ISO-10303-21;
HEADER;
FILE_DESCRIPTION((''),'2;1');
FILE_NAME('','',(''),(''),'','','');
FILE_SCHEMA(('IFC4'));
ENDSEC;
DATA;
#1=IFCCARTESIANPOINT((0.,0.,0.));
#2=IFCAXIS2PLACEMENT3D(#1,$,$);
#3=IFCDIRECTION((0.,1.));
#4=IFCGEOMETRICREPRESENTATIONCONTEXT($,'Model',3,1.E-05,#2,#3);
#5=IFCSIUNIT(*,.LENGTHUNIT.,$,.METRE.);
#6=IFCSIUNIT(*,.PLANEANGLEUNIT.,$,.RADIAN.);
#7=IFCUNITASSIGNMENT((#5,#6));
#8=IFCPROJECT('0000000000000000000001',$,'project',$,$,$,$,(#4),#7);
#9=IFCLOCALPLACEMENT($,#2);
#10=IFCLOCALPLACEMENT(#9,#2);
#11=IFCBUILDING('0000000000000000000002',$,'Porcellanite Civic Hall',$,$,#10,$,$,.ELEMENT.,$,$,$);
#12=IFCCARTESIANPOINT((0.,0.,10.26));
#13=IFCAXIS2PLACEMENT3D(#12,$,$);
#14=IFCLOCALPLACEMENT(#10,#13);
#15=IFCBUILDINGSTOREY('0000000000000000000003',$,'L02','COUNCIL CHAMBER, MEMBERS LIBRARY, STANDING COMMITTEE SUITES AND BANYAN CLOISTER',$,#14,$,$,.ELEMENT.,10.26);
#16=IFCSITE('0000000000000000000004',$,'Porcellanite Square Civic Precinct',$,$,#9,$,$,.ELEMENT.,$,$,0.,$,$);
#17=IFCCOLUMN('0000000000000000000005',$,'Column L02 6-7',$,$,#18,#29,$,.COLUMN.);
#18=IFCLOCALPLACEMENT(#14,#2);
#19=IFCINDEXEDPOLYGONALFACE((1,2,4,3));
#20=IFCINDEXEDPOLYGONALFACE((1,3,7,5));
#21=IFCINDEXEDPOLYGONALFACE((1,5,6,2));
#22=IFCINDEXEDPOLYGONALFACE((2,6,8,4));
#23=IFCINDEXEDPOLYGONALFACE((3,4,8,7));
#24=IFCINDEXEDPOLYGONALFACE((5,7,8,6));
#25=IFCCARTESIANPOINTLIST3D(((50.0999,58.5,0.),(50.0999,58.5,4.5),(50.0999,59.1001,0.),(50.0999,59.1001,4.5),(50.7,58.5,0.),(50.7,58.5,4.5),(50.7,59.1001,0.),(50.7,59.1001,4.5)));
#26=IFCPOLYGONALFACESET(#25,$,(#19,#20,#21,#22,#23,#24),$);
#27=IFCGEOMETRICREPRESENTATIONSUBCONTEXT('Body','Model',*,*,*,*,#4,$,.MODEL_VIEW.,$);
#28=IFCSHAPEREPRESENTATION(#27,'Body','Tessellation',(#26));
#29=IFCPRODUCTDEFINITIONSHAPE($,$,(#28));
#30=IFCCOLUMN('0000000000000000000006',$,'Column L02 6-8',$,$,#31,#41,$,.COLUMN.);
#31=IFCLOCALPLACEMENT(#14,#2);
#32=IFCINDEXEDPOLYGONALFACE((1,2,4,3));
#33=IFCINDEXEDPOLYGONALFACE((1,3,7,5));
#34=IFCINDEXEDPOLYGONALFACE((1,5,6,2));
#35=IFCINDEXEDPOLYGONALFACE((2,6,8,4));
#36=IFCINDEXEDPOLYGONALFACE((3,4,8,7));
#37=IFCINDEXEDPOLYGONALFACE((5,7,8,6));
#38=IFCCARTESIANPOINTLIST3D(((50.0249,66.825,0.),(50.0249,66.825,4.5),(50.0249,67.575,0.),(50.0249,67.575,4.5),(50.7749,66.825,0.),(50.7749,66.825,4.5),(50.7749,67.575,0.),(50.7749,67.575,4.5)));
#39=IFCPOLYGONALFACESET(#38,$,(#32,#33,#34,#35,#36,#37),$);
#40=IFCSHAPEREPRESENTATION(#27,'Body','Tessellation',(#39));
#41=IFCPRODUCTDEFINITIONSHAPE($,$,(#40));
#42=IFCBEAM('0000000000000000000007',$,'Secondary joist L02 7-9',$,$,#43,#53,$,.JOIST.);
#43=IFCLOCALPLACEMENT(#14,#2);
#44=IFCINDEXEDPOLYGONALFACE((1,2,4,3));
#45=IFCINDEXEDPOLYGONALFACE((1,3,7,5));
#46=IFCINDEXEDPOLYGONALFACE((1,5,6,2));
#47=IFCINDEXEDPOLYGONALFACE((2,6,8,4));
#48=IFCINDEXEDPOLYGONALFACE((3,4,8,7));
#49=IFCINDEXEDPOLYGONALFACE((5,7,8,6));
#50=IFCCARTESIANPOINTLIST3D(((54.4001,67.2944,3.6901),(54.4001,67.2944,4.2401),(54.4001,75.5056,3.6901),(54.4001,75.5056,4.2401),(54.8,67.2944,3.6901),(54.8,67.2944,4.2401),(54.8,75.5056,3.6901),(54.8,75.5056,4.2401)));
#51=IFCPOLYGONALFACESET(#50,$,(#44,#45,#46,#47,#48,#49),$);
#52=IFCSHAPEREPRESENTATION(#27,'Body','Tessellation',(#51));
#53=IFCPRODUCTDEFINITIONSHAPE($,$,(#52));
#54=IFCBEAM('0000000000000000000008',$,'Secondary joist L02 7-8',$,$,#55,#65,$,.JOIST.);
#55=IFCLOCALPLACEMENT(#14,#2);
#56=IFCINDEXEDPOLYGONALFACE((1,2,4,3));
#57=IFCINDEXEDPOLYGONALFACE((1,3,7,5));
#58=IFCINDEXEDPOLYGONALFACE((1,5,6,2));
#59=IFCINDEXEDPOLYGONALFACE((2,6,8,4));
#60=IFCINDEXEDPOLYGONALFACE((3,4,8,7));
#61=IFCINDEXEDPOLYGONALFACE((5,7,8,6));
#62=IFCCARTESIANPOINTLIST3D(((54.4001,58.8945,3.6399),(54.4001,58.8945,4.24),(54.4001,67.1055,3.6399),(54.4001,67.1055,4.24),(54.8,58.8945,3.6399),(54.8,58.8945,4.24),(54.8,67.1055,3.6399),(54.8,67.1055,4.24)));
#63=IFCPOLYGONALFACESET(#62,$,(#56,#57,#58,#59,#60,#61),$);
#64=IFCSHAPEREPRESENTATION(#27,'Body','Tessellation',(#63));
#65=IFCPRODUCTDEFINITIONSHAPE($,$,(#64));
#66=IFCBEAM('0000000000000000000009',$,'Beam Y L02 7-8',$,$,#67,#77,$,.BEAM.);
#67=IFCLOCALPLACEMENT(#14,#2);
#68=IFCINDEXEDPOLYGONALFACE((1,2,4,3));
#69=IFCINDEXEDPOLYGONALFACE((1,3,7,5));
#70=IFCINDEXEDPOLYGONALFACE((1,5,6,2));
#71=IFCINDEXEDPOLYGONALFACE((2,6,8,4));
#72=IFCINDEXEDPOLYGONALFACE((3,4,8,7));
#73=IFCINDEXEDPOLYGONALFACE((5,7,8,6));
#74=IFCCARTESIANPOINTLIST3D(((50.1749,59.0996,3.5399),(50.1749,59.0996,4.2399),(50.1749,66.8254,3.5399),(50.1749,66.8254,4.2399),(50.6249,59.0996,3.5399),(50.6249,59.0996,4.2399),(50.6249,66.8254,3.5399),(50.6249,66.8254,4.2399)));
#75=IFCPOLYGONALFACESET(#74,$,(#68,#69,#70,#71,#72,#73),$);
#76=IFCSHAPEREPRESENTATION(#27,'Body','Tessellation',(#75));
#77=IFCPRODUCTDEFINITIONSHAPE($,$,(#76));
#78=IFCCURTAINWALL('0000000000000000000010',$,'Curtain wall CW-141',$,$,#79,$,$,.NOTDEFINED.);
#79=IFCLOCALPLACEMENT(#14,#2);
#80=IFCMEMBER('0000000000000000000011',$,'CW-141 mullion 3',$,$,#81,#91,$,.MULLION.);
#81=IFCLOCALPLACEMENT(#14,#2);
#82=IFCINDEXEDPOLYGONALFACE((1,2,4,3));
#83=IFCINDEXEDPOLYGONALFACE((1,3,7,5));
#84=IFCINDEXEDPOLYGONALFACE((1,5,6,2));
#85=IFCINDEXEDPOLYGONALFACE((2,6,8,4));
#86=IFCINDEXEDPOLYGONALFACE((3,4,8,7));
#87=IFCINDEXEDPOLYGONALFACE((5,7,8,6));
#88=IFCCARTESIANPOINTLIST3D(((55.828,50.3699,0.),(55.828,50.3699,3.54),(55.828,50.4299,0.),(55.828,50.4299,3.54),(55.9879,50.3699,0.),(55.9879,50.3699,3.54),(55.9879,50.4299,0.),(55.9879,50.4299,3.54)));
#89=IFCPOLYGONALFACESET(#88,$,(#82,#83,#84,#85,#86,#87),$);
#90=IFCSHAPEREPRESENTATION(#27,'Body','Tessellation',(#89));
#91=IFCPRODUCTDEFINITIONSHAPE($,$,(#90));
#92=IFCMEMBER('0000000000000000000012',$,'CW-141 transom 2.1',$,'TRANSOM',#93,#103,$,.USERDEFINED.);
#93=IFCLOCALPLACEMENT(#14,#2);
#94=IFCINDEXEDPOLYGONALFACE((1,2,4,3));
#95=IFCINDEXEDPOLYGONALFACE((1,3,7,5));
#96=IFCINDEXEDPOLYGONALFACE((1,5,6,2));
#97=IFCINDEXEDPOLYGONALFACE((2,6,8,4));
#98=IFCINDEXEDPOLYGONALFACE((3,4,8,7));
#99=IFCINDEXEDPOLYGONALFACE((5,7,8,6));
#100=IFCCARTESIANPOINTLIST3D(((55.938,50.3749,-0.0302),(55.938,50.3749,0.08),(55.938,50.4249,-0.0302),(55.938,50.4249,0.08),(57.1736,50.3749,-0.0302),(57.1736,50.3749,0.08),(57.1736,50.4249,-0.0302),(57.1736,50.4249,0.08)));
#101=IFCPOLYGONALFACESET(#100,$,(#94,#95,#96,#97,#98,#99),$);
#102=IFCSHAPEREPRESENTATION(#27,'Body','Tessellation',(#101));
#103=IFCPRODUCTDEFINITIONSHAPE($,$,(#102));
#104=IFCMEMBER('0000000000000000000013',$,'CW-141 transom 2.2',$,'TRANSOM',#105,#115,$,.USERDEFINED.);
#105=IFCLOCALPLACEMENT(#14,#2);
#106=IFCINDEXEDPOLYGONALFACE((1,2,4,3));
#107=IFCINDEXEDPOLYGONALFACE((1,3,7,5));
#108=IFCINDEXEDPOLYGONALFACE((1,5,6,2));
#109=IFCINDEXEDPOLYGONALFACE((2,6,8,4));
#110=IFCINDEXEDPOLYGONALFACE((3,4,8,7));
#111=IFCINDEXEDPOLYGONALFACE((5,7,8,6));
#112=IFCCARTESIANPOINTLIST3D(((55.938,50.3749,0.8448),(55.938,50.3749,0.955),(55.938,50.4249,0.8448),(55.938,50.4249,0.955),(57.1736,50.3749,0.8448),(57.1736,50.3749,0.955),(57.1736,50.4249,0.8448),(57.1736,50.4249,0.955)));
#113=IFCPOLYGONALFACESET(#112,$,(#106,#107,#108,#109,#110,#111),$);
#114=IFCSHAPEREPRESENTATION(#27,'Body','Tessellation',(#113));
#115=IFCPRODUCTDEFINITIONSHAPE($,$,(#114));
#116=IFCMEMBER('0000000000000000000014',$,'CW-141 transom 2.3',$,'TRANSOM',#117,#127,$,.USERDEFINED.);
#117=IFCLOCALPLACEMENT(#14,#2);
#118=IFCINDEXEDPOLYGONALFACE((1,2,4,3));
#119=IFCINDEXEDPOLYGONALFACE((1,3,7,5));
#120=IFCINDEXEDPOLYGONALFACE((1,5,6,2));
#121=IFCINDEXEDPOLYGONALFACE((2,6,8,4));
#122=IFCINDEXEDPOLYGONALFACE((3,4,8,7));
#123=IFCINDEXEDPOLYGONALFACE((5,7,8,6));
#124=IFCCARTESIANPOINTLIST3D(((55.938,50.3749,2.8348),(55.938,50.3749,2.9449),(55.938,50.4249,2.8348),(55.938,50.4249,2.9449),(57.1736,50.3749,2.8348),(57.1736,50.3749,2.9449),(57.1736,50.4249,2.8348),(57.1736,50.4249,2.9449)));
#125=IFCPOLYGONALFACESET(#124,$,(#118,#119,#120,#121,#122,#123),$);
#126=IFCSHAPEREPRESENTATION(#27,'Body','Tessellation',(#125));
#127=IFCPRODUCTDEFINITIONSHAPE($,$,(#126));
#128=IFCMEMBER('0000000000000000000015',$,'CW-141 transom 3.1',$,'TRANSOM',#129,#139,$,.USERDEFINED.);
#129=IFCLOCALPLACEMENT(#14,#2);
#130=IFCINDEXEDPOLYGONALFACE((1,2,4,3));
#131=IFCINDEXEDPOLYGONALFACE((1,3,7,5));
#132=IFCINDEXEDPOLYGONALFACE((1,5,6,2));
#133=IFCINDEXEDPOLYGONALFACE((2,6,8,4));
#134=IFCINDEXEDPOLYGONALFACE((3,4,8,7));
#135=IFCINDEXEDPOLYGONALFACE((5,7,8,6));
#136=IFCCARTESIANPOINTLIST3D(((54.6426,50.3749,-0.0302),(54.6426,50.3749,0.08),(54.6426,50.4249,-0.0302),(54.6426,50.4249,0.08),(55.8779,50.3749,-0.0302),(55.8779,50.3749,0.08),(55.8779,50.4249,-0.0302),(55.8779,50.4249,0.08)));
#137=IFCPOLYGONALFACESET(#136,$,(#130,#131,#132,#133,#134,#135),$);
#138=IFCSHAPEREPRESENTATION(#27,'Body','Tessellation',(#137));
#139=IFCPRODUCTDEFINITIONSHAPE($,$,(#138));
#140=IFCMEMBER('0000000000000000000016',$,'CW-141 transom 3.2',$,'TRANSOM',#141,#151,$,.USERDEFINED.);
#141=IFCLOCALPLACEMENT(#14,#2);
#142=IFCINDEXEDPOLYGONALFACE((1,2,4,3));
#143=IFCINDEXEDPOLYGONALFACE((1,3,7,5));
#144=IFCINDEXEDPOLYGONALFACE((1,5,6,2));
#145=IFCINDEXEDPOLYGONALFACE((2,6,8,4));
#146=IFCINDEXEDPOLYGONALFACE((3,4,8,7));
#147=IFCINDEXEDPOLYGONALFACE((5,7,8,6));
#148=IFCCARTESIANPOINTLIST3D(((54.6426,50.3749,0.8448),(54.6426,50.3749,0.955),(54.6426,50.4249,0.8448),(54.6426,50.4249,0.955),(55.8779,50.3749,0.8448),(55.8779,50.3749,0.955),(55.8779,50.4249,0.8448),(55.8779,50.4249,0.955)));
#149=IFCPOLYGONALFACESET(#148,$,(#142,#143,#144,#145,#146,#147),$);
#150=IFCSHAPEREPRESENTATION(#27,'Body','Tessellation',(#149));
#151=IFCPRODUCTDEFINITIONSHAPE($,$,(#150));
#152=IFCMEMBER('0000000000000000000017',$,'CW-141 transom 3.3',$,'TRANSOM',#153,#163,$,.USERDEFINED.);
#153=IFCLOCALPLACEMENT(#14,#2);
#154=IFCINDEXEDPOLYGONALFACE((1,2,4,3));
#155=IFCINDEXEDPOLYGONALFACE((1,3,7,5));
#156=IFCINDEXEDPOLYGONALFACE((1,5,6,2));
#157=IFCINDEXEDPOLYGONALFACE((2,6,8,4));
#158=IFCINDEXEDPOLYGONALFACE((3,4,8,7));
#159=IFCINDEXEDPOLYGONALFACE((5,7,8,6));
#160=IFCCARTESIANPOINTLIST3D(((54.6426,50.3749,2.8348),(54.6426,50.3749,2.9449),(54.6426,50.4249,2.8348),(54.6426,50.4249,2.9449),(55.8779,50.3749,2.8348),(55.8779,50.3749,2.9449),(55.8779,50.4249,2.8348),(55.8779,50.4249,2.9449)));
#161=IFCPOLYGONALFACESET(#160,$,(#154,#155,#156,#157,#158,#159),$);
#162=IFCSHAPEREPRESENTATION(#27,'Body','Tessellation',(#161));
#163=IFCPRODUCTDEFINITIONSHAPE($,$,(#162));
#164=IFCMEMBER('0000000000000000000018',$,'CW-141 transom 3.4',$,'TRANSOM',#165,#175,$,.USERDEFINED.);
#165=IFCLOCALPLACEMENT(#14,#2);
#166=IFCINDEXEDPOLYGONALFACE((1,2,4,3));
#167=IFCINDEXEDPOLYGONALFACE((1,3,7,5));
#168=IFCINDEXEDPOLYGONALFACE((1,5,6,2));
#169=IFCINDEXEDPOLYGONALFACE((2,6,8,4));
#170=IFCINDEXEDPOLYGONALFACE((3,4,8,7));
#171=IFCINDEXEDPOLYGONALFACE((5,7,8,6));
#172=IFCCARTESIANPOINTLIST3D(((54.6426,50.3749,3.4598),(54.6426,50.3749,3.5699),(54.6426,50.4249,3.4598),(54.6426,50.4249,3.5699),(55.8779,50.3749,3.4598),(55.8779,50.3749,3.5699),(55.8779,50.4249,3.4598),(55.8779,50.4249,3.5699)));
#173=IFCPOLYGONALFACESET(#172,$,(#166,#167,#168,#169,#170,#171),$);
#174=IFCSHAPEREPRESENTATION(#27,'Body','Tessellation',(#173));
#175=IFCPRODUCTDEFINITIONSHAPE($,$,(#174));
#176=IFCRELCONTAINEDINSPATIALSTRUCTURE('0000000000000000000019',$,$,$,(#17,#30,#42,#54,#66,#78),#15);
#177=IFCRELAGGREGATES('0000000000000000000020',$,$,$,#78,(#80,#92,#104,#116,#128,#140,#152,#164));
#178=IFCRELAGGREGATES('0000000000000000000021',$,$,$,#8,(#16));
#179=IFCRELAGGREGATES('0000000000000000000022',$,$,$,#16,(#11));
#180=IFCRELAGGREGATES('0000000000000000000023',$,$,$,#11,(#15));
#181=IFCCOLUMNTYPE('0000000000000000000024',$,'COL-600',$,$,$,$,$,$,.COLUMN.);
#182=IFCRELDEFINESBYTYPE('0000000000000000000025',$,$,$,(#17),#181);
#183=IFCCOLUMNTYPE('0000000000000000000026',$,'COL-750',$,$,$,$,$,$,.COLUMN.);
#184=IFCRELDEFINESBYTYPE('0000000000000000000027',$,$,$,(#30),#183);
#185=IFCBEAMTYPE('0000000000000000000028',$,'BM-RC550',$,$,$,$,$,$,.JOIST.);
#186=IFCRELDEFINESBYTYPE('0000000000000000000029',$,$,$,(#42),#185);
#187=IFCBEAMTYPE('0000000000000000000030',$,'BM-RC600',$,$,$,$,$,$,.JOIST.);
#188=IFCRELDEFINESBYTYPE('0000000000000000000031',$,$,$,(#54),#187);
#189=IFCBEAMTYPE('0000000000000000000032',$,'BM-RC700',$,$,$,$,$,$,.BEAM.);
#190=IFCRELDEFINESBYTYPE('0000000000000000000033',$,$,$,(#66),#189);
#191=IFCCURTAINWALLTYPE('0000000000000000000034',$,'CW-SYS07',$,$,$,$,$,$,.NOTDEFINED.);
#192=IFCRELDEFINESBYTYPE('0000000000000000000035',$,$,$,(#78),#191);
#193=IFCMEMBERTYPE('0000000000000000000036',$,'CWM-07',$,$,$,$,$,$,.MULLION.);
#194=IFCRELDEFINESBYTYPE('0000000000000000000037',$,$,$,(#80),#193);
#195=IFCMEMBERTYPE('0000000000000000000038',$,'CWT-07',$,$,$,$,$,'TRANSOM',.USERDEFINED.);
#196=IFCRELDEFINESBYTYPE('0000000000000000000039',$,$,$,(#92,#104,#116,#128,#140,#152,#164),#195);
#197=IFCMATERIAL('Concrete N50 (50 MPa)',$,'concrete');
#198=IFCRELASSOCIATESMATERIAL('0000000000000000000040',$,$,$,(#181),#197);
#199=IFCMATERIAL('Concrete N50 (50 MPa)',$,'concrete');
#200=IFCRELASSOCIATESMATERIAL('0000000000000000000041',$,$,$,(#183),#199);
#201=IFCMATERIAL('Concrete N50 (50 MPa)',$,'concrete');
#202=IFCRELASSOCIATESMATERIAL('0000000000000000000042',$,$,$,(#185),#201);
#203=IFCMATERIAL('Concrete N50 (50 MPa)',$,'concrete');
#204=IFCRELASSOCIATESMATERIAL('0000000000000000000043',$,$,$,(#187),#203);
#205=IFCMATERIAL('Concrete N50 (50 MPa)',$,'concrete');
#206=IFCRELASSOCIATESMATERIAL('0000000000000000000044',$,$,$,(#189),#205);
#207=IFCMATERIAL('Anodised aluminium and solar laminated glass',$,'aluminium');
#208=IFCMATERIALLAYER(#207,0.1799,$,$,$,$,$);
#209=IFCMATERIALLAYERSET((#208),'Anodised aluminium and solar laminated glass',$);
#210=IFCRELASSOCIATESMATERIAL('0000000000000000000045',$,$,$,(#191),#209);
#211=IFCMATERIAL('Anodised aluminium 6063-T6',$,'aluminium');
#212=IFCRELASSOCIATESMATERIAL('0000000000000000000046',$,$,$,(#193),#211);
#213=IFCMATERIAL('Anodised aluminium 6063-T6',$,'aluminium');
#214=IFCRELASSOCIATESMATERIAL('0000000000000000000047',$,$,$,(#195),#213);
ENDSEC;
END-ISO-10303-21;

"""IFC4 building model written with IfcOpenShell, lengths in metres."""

from ifc_helpers import new_model, si_unit, direction, frame, origin, origin_2d, place, context, subcontext, project, spatial, rectangle, extrude, material, layer, layer_set, material_profile, profile_set, type_object, element, aggregate, save


model = new_model("IFC4")

# Units and contexts
model_context = context("Model", 3, precision=1e-05, world=origin(), true_north=direction((0.0, 1.0)))
body_context = subcontext(model_context, "Body", "Model", "MODEL_VIEW")
ifc_project = project(units=[si_unit("LENGTHUNIT", "METRE"), si_unit("PLANEANGLEUNIT", "RADIAN")], contexts=[model_context])

# Site, building, storey
site_placement = place(None, origin())
site = spatial("IfcSite", under=ifc_project, at=site_placement, Name="Porcellanite Square Civic Precinct", CompositionType="ELEMENT", RefElevation=0.0)
building_placement = place(site_placement, origin())
building = spatial("IfcBuilding", under=site, at=building_placement, Name="Porcellanite Civic Hall", CompositionType="ELEMENT")
storey_placement = place(building_placement, frame((0.0, 0.0, 10.26)))
storey = spatial("IfcBuildingStorey", under=building, at=storey_placement, Name="L02", Description="COUNCIL CHAMBER, MEMBERS LIBRARY, STANDING COMMITTEE SUITES AND BANYAN CLOISTER", CompositionType="ELEMENT", Elevation=10.26)

# Columns
ifc_material_1 = material(Name="Concrete N50 (50 MPa)", Category="concrete")
ifc_material_profile_1 = material_profile(ifc_material_1, rectangle(XDim=0.6001, YDim=0.6001, at=origin_2d()), Name="RC-600x600")
ifc_profile_set_1 = profile_set([ifc_material_profile_1], Name="Concrete N50 (50 MPa)")
column_type_1 = type_object("IfcColumnType", Name="COL-600", PredefinedType="COLUMN", material=ifc_profile_set_1)
column_1_placement = place(storey_placement, frame((50.3999, 58.8, 0.0), z_axis=(0.0, 0.0, 1.0), x_axis=(1.0, 0.0, 0.0)))
element("IfcColumn", 1, at=column_1_placement, inside=storey, type_object=column_type_1, Name="Column L02 6-7", PredefinedType="COLUMN", context=body_context, shape_type="SweptSolid", body=[
    extrude(rectangle(XDim=0.6001, YDim=0.6001, at=origin_2d()), origin(), (0.0, 0.0, 1.0), 4.5),
])
ifc_material_2 = material(Name="Concrete N50 (50 MPa)", Category="concrete")
ifc_material_profile_2 = material_profile(ifc_material_2, rectangle(XDim=0.75, YDim=0.75, at=origin_2d()), Name="RC-750x750")
ifc_profile_set_2 = profile_set([ifc_material_profile_2], Name="Concrete N50 (50 MPa)")
column_type_2 = type_object("IfcColumnType", Name="COL-750", PredefinedType="COLUMN", material=ifc_profile_set_2)
column_2_placement = place(storey_placement, frame((50.3999, 67.2, 0.0), z_axis=(0.0, 0.0, 1.0), x_axis=(1.0, 0.0, 0.0)))
element("IfcColumn", 2, at=column_2_placement, inside=storey, type_object=column_type_2, Name="Column L02 6-8", PredefinedType="COLUMN", context=body_context, shape_type="SweptSolid", body=[
    extrude(rectangle(XDim=0.75, YDim=0.75, at=origin_2d()), origin(), (0.0, 0.0, 1.0), 4.5),
])

# Beams
ifc_material_3 = material(Name="Concrete N50 (50 MPa)", Category="concrete")
ifc_material_profile_3 = material_profile(ifc_material_3, rectangle(XDim=0.3999, YDim=0.55, at=origin_2d()), Name="RC-400x550")
ifc_profile_set_3 = profile_set([ifc_material_profile_3], Name="Concrete N50 (50 MPa)")
beam_type_1 = type_object("IfcBeamType", Name="BM-RC550", PredefinedType="JOIST", material=ifc_profile_set_3)
beam_1_placement = place(storey_placement, frame((54.6001, 67.2944, 3.9651), z_axis=(0.0, 1.0, 0.0), x_axis=(-1.0, 0.0, 0.0)))
element("IfcBeam", 3, at=beam_1_placement, inside=storey, type_object=beam_type_1, Name="Secondary joist L02 7-9", PredefinedType="JOIST", context=body_context, shape_type="SweptSolid", body=[
    extrude(rectangle(XDim=0.3999, YDim=0.55, at=origin_2d()), origin(), (0.0, 0.0, 1.0), 8.2112),
])
ifc_material_4 = material(Name="Concrete N50 (50 MPa)", Category="concrete")
ifc_material_profile_4 = material_profile(ifc_material_4, rectangle(XDim=0.3999, YDim=0.6001, at=origin_2d()), Name="RC-400x600")
ifc_profile_set_4 = profile_set([ifc_material_profile_4], Name="Concrete N50 (50 MPa)")
beam_type_2 = type_object("IfcBeamType", Name="BM-RC600", PredefinedType="JOIST", material=ifc_profile_set_4)
beam_2_placement = place(storey_placement, frame((54.6001, 58.8945, 3.9399), z_axis=(0.0, 1.0, 0.0), x_axis=(-1.0, 0.0, 0.0)))
element("IfcBeam", 4, at=beam_2_placement, inside=storey, type_object=beam_type_2, Name="Secondary joist L02 7-8", PredefinedType="JOIST", context=body_context, shape_type="SweptSolid", body=[
    extrude(rectangle(XDim=0.3999, YDim=0.6001, at=origin_2d()), origin(), (0.0, 0.0, 1.0), 8.2109),
])
ifc_material_5 = material(Name="Concrete N50 (50 MPa)", Category="concrete")
ifc_material_profile_5 = material_profile(ifc_material_5, rectangle(XDim=0.45, YDim=0.7, at=origin_2d()), Name="RC-450x700")
ifc_profile_set_5 = profile_set([ifc_material_profile_5], Name="Concrete N50 (50 MPa)")
beam_type_3 = type_object("IfcBeamType", Name="BM-RC700", PredefinedType="BEAM", material=ifc_profile_set_5)
beam_3_placement = place(storey_placement, frame((50.3999, 59.0996, 3.8899), z_axis=(0.0, 1.0, 0.0), x_axis=(-1.0, 0.0, 0.0)))
element("IfcBeam", 5, at=beam_3_placement, inside=storey, type_object=beam_type_3, Name="Beam Y L02 7-8", PredefinedType="BEAM", context=body_context, shape_type="SweptSolid", body=[
    extrude(rectangle(XDim=0.45, YDim=0.7, at=origin_2d()), origin(), (0.0, 0.0, 1.0), 7.7258),
])

# Curtain wall, members
ifc_material_6 = material(Name="Anodised aluminium and solar laminated glass", Category="aluminium")
ifc_layer_1 = layer(ifc_material_6, 0.1799)
ifc_layer_set_1 = layer_set([ifc_layer_1], Name="Anodised aluminium and solar laminated glass")
curtain_wall_type = type_object("IfcCurtainWallType", Name="CW-SYS07", PredefinedType="NOTDEFINED", material=ifc_layer_set_1)
curtain_wall_placement = place(storey_placement, origin())
curtain_wall = element("IfcCurtainWall", 6, at=curtain_wall_placement, inside=storey, type_object=curtain_wall_type, Name="Curtain wall CW-141", PredefinedType="NOTDEFINED")
ifc_material_7 = material(Name="Anodised aluminium 6063-T6", Category="aluminium")
ifc_material_profile_6 = material_profile(ifc_material_7, rectangle(XDim=0.0601, YDim=0.1599, at=origin_2d()), Name="AL-60x160")
ifc_profile_set_6 = profile_set([ifc_material_profile_6], Name="Anodised aluminium 6063-T6")
member_type_1 = type_object("IfcMemberType", Name="CWM-07", PredefinedType="MULLION", material=ifc_profile_set_6)
member_1_placement = place(storey_placement, frame((55.908, 50.3999, 0.0), z_axis=(0.0, 0.0, 1.0), x_axis=(0.0, -1.0, 0.0)))
member_1 = element("IfcMember", 7, at=member_1_placement, type_object=member_type_1, Name="CW-141 mullion 3", PredefinedType="MULLION", context=body_context, shape_type="SweptSolid", body=[
    extrude(rectangle(XDim=0.0601, YDim=0.1599, at=origin_2d()), origin(), (0.0, 0.0, 1.0), 3.54),
])
ifc_material_8 = material(Name="Anodised aluminium 6063-T6", Category="aluminium")
ifc_material_profile_7 = material_profile(ifc_material_8, rectangle(XDim=0.05, YDim=0.1101, at=origin_2d()), Name="AL-50x110")
ifc_profile_set_7 = profile_set([ifc_material_profile_7], Name="Anodised aluminium 6063-T6")
member_type_2 = type_object("IfcMemberType", Name="CWT-07", ElementType="TRANSOM", PredefinedType="USERDEFINED", material=ifc_profile_set_7)
member_2_placement = place(storey_placement, frame((57.1736, 50.3999, 0.0249), z_axis=(-1.0, 0.0, 0.0), x_axis=(0.0, -1.0, 0.0)))
member_2 = element("IfcMember", 8, at=member_2_placement, type_object=member_type_2, Name="CW-141 transom 2.1", ObjectType="TRANSOM", PredefinedType="USERDEFINED", context=body_context, shape_type="SweptSolid", body=[
    extrude(rectangle(XDim=0.05, YDim=0.1101, at=origin_2d()), origin(), (0.0, 0.0, 1.0), 1.2356),
])
member_3_placement = place(storey_placement, frame((57.1736, 50.3999, 0.8999), z_axis=(-1.0, 0.0, 0.0), x_axis=(0.0, -1.0, 0.0)))
member_3 = element("IfcMember", 9, at=member_3_placement, type_object=member_type_2, Name="CW-141 transom 2.2", ObjectType="TRANSOM", PredefinedType="USERDEFINED", context=body_context, shape_type="SweptSolid", body=[
    extrude(rectangle(XDim=0.05, YDim=0.1101, at=origin_2d()), origin(), (0.0, 0.0, 1.0), 1.2356),
])
member_4_placement = place(storey_placement, frame((57.1736, 50.3999, 2.8899), z_axis=(-1.0, 0.0, 0.0), x_axis=(0.0, -1.0, 0.0)))
member_4 = element("IfcMember", 10, at=member_4_placement, type_object=member_type_2, Name="CW-141 transom 2.3", ObjectType="TRANSOM", PredefinedType="USERDEFINED", context=body_context, shape_type="SweptSolid", body=[
    extrude(rectangle(XDim=0.05, YDim=0.1101, at=origin_2d()), origin(), (0.0, 0.0, 1.0), 1.2356),
])
member_5_placement = place(storey_placement, frame((55.8779, 50.3999, 0.0249), z_axis=(-1.0, 0.0, 0.0), x_axis=(0.0, -1.0, 0.0)))
member_5 = element("IfcMember", 11, at=member_5_placement, type_object=member_type_2, Name="CW-141 transom 3.1", ObjectType="TRANSOM", PredefinedType="USERDEFINED", context=body_context, shape_type="SweptSolid", body=[
    extrude(rectangle(XDim=0.05, YDim=0.1101, at=origin_2d()), origin(), (0.0, 0.0, 1.0), 1.2354),
])
member_6_placement = place(storey_placement, frame((55.8779, 50.3999, 0.8999), z_axis=(-1.0, 0.0, 0.0), x_axis=(0.0, -1.0, 0.0)))
member_6 = element("IfcMember", 12, at=member_6_placement, type_object=member_type_2, Name="CW-141 transom 3.2", ObjectType="TRANSOM", PredefinedType="USERDEFINED", context=body_context, shape_type="SweptSolid", body=[
    extrude(rectangle(XDim=0.05, YDim=0.1101, at=origin_2d()), origin(), (0.0, 0.0, 1.0), 1.2354),
])
member_7_placement = place(storey_placement, frame((55.8779, 50.3999, 2.8899), z_axis=(-1.0, 0.0, 0.0), x_axis=(0.0, -1.0, 0.0)))
member_7 = element("IfcMember", 13, at=member_7_placement, type_object=member_type_2, Name="CW-141 transom 3.3", ObjectType="TRANSOM", PredefinedType="USERDEFINED", context=body_context, shape_type="SweptSolid", body=[
    extrude(rectangle(XDim=0.05, YDim=0.1101, at=origin_2d()), origin(), (0.0, 0.0, 1.0), 1.2354),
])
member_8_placement = place(storey_placement, frame((55.8779, 50.3999, 3.5149), z_axis=(-1.0, 0.0, 0.0), x_axis=(0.0, -1.0, 0.0)))
member_8 = element("IfcMember", 14, at=member_8_placement, type_object=member_type_2, Name="CW-141 transom 3.4", ObjectType="TRANSOM", PredefinedType="USERDEFINED", context=body_context, shape_type="SweptSolid", body=[
    extrude(rectangle(XDim=0.05, YDim=0.1101, at=origin_2d()), origin(), (0.0, 0.0, 1.0), 1.2354),
])

aggregate(curtain_wall, [member_1, member_2, member_3, member_4, member_5, member_6, member_7, member_8])

save(model, "model.ifc")
